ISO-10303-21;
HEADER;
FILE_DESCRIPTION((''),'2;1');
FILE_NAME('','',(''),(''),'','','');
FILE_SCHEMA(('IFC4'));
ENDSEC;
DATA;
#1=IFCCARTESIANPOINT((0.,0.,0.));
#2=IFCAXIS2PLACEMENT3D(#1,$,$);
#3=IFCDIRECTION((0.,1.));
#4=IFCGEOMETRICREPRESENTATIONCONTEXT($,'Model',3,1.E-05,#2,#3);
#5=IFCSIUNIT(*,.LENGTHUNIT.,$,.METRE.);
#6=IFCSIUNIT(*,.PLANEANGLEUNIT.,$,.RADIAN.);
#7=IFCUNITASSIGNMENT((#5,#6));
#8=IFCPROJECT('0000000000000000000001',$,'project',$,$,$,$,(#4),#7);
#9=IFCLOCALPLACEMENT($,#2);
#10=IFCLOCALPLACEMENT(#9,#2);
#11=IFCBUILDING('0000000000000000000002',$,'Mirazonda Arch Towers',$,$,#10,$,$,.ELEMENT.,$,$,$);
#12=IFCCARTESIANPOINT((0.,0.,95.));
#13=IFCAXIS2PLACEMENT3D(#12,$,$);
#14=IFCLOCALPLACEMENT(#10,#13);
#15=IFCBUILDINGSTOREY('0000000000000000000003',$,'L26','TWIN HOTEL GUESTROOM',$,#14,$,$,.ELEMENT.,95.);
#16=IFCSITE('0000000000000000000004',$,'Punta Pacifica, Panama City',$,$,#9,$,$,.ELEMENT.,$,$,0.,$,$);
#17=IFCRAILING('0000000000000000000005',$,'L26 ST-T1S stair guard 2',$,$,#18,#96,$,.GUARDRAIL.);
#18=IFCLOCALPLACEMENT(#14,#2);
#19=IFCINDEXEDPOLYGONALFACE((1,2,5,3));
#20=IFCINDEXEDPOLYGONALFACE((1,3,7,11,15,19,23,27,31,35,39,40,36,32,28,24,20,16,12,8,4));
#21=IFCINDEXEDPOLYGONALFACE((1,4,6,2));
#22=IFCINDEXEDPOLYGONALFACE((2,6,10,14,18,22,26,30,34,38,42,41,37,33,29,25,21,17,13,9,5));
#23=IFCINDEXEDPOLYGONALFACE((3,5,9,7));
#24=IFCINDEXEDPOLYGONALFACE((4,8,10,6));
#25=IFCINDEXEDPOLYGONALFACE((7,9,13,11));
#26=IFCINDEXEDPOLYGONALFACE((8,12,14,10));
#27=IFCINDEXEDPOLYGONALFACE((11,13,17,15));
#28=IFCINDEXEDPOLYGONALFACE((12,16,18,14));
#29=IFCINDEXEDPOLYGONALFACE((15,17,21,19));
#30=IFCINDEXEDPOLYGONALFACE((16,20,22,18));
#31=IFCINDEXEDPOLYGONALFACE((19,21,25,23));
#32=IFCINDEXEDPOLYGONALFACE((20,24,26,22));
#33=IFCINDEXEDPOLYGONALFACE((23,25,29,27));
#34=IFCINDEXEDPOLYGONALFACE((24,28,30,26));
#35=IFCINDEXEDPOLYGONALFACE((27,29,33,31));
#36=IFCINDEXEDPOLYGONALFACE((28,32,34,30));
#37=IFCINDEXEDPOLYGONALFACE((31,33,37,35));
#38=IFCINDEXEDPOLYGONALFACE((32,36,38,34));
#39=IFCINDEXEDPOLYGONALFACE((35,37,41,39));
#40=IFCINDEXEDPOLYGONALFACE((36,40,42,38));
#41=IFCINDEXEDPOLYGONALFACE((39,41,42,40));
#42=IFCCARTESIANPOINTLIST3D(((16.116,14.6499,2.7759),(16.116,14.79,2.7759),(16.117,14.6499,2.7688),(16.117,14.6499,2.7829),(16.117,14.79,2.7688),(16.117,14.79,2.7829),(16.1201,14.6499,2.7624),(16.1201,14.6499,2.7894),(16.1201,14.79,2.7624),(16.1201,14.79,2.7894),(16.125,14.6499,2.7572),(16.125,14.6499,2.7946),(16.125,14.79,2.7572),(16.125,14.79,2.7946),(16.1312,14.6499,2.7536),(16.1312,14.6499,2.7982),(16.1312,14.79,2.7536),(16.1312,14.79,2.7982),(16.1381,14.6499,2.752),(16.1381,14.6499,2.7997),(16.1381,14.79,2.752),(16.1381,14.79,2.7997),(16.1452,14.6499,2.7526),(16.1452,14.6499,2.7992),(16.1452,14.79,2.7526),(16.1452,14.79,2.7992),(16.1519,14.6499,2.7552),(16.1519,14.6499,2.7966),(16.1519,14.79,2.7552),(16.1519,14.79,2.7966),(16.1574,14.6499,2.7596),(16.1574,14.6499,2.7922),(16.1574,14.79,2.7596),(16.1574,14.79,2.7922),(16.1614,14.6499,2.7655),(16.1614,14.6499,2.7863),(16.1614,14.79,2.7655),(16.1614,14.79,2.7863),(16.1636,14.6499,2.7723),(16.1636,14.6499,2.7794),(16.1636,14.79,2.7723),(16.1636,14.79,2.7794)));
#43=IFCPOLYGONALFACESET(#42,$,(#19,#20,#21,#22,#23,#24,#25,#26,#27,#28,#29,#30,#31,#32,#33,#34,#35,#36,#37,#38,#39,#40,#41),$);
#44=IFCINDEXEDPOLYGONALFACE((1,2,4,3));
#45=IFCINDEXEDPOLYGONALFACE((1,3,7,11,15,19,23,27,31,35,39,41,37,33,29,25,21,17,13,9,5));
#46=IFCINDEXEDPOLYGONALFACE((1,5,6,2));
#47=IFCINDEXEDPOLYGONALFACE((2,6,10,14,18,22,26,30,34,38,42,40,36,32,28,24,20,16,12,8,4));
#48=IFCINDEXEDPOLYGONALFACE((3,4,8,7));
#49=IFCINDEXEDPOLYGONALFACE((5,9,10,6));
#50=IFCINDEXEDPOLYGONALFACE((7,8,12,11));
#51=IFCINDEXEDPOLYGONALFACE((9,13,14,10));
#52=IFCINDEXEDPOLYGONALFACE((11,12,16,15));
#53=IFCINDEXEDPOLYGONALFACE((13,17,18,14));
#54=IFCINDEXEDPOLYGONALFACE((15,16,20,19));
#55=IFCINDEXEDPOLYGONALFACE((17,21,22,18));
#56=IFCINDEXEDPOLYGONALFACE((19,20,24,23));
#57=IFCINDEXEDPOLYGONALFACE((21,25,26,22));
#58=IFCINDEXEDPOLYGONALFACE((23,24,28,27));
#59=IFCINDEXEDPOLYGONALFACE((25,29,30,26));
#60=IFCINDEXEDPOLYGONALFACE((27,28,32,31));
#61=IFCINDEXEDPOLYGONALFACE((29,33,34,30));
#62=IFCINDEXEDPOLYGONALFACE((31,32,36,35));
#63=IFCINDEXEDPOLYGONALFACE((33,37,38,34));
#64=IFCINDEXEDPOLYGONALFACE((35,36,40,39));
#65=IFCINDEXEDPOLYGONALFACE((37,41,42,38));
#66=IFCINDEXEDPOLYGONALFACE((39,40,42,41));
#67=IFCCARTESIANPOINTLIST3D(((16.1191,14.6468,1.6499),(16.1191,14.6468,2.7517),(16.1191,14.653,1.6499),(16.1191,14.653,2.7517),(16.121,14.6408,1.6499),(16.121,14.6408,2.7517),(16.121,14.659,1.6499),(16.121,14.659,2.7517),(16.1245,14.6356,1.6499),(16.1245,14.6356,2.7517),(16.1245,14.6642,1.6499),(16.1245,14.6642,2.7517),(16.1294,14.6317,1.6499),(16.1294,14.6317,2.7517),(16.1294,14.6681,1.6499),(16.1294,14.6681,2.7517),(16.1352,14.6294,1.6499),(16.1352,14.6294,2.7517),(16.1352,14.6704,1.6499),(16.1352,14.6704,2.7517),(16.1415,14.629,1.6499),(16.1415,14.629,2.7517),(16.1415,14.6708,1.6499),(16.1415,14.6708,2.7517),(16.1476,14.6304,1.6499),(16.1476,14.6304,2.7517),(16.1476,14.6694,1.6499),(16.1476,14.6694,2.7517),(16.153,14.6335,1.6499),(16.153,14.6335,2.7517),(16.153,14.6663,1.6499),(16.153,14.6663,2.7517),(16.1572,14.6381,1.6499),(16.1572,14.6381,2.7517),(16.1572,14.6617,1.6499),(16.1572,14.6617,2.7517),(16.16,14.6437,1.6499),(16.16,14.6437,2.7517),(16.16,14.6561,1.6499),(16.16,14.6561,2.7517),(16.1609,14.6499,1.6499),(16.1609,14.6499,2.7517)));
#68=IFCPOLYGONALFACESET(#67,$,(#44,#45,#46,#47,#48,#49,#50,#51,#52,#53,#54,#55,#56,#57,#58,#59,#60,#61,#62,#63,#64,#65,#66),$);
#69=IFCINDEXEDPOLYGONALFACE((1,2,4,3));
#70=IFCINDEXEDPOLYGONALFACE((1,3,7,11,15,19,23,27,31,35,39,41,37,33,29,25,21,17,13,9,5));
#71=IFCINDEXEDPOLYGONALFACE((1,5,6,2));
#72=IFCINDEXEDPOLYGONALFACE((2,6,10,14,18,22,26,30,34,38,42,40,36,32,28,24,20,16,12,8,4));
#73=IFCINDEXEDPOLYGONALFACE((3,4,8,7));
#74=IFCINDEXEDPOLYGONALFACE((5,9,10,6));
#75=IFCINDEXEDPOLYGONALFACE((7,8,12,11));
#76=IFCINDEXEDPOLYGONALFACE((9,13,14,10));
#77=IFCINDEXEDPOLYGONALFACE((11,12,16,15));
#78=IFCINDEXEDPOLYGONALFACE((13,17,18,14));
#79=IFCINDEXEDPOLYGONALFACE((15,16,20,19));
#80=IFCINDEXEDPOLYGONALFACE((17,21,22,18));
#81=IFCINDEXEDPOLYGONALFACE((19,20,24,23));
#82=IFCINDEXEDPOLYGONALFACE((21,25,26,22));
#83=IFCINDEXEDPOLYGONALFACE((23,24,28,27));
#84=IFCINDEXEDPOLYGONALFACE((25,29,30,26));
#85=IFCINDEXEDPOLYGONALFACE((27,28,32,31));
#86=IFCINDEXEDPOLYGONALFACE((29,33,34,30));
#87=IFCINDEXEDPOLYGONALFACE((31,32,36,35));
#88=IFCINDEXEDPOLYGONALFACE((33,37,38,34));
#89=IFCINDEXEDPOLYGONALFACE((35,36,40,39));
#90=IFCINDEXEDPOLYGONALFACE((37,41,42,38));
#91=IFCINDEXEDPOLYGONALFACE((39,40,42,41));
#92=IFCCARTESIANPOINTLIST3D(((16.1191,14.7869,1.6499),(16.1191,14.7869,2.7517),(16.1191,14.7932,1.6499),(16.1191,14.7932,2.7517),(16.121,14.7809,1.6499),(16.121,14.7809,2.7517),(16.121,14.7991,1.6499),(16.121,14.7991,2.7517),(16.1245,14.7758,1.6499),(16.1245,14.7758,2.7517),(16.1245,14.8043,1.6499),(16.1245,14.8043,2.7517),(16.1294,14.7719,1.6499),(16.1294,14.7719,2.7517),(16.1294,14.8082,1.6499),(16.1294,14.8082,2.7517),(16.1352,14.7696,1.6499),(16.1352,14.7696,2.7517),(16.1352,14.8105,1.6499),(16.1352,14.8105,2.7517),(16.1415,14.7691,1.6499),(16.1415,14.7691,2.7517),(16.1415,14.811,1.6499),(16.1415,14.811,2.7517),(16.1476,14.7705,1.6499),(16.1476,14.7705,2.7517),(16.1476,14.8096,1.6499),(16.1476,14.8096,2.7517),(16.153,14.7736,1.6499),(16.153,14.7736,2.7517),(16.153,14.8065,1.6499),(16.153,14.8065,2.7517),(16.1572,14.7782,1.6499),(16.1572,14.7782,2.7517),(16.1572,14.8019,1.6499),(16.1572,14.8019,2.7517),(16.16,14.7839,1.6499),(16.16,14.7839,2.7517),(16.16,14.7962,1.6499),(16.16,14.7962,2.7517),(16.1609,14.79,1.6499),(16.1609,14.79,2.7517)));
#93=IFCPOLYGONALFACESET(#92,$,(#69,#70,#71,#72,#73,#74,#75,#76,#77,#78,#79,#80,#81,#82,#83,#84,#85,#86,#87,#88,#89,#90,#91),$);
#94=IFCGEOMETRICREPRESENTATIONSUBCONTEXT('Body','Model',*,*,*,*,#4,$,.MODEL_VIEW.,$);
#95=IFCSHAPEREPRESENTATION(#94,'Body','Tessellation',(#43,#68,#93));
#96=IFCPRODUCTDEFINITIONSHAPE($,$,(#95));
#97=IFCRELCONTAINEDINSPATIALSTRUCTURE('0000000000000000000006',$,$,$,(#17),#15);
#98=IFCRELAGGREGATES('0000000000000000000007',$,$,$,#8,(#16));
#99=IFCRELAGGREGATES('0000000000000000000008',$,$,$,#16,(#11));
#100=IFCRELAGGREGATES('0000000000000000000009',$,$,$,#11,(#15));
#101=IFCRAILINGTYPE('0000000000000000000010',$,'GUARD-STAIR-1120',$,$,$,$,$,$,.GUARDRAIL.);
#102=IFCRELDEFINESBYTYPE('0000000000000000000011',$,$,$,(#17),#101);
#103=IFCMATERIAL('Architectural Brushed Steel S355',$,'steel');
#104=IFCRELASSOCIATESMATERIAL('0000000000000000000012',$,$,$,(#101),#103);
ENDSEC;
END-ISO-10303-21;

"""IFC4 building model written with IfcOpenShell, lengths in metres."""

from ifc_helpers import new_model, si_unit, direction, frame, origin, origin_2d, place, context, subcontext, project, spatial, circle, extrude, material, type_object, element, save


model = new_model("IFC4")

# Units and contexts
model_context = context("Model", 3, precision=1e-05, world=origin(), true_north=direction((0.0, 1.0)))
body_context = subcontext(model_context, "Body", "Model", "MODEL_VIEW")
ifc_project = project(units=[si_unit("LENGTHUNIT", "METRE"), si_unit("PLANEANGLEUNIT", "RADIAN")], contexts=[model_context])

# Site, building, storey
site_placement = place(None, origin())
site = spatial("IfcSite", under=ifc_project, at=site_placement, Name="Punta Pacifica, Panama City", CompositionType="ELEMENT", RefElevation=0.0)
building_placement = place(site_placement, origin())
building = spatial("IfcBuilding", under=site, at=building_placement, Name="Mirazonda Arch Towers", CompositionType="ELEMENT")
storey_placement = place(building_placement, frame((0.0, 0.0, 95.0)))
storey = spatial("IfcBuildingStorey", under=building, at=storey_placement, Name="L26", Description="TWIN HOTEL GUESTROOM", CompositionType="ELEMENT", Elevation=95.0)

# Railing
ifc_material_1 = material(Name="Architectural Brushed Steel S355", Category="steel")
railing_type_1 = type_object("IfcRailingType", Name="GUARD-STAIR-1120", PredefinedType="GUARDRAIL", material=ifc_material_1)
railing_1_placement = place(storey_placement, frame((16.1399, 14.6499, 1.6499)))
element("IfcRailing", 1, at=railing_1_placement, inside=storey, type_object=railing_type_1, Name="L26 ST-T1S stair guard 2", PredefinedType="GUARDRAIL", context=body_context, shape_type="SweptSolid", body=[
    extrude(circle(Radius=0.0239, at=origin_2d()), frame((0.0, 0.0, 1.126), z_axis=(0.0, 1.0, 0.0), x_axis=(-1.0, 0.0, 0.0)), (0.0, 0.0, 1.0), 0.1401),
    extrude(circle(Radius=0.021, at=origin_2d()), origin(), (0.0, 0.0, 1.0), 1.1018),
    extrude(circle(Radius=0.021, at=origin_2d()), frame((0.0, 0.1401, 0.0)), (0.0, 0.0, 1.0), 1.1018),
])

save(model, "model.ifc")
